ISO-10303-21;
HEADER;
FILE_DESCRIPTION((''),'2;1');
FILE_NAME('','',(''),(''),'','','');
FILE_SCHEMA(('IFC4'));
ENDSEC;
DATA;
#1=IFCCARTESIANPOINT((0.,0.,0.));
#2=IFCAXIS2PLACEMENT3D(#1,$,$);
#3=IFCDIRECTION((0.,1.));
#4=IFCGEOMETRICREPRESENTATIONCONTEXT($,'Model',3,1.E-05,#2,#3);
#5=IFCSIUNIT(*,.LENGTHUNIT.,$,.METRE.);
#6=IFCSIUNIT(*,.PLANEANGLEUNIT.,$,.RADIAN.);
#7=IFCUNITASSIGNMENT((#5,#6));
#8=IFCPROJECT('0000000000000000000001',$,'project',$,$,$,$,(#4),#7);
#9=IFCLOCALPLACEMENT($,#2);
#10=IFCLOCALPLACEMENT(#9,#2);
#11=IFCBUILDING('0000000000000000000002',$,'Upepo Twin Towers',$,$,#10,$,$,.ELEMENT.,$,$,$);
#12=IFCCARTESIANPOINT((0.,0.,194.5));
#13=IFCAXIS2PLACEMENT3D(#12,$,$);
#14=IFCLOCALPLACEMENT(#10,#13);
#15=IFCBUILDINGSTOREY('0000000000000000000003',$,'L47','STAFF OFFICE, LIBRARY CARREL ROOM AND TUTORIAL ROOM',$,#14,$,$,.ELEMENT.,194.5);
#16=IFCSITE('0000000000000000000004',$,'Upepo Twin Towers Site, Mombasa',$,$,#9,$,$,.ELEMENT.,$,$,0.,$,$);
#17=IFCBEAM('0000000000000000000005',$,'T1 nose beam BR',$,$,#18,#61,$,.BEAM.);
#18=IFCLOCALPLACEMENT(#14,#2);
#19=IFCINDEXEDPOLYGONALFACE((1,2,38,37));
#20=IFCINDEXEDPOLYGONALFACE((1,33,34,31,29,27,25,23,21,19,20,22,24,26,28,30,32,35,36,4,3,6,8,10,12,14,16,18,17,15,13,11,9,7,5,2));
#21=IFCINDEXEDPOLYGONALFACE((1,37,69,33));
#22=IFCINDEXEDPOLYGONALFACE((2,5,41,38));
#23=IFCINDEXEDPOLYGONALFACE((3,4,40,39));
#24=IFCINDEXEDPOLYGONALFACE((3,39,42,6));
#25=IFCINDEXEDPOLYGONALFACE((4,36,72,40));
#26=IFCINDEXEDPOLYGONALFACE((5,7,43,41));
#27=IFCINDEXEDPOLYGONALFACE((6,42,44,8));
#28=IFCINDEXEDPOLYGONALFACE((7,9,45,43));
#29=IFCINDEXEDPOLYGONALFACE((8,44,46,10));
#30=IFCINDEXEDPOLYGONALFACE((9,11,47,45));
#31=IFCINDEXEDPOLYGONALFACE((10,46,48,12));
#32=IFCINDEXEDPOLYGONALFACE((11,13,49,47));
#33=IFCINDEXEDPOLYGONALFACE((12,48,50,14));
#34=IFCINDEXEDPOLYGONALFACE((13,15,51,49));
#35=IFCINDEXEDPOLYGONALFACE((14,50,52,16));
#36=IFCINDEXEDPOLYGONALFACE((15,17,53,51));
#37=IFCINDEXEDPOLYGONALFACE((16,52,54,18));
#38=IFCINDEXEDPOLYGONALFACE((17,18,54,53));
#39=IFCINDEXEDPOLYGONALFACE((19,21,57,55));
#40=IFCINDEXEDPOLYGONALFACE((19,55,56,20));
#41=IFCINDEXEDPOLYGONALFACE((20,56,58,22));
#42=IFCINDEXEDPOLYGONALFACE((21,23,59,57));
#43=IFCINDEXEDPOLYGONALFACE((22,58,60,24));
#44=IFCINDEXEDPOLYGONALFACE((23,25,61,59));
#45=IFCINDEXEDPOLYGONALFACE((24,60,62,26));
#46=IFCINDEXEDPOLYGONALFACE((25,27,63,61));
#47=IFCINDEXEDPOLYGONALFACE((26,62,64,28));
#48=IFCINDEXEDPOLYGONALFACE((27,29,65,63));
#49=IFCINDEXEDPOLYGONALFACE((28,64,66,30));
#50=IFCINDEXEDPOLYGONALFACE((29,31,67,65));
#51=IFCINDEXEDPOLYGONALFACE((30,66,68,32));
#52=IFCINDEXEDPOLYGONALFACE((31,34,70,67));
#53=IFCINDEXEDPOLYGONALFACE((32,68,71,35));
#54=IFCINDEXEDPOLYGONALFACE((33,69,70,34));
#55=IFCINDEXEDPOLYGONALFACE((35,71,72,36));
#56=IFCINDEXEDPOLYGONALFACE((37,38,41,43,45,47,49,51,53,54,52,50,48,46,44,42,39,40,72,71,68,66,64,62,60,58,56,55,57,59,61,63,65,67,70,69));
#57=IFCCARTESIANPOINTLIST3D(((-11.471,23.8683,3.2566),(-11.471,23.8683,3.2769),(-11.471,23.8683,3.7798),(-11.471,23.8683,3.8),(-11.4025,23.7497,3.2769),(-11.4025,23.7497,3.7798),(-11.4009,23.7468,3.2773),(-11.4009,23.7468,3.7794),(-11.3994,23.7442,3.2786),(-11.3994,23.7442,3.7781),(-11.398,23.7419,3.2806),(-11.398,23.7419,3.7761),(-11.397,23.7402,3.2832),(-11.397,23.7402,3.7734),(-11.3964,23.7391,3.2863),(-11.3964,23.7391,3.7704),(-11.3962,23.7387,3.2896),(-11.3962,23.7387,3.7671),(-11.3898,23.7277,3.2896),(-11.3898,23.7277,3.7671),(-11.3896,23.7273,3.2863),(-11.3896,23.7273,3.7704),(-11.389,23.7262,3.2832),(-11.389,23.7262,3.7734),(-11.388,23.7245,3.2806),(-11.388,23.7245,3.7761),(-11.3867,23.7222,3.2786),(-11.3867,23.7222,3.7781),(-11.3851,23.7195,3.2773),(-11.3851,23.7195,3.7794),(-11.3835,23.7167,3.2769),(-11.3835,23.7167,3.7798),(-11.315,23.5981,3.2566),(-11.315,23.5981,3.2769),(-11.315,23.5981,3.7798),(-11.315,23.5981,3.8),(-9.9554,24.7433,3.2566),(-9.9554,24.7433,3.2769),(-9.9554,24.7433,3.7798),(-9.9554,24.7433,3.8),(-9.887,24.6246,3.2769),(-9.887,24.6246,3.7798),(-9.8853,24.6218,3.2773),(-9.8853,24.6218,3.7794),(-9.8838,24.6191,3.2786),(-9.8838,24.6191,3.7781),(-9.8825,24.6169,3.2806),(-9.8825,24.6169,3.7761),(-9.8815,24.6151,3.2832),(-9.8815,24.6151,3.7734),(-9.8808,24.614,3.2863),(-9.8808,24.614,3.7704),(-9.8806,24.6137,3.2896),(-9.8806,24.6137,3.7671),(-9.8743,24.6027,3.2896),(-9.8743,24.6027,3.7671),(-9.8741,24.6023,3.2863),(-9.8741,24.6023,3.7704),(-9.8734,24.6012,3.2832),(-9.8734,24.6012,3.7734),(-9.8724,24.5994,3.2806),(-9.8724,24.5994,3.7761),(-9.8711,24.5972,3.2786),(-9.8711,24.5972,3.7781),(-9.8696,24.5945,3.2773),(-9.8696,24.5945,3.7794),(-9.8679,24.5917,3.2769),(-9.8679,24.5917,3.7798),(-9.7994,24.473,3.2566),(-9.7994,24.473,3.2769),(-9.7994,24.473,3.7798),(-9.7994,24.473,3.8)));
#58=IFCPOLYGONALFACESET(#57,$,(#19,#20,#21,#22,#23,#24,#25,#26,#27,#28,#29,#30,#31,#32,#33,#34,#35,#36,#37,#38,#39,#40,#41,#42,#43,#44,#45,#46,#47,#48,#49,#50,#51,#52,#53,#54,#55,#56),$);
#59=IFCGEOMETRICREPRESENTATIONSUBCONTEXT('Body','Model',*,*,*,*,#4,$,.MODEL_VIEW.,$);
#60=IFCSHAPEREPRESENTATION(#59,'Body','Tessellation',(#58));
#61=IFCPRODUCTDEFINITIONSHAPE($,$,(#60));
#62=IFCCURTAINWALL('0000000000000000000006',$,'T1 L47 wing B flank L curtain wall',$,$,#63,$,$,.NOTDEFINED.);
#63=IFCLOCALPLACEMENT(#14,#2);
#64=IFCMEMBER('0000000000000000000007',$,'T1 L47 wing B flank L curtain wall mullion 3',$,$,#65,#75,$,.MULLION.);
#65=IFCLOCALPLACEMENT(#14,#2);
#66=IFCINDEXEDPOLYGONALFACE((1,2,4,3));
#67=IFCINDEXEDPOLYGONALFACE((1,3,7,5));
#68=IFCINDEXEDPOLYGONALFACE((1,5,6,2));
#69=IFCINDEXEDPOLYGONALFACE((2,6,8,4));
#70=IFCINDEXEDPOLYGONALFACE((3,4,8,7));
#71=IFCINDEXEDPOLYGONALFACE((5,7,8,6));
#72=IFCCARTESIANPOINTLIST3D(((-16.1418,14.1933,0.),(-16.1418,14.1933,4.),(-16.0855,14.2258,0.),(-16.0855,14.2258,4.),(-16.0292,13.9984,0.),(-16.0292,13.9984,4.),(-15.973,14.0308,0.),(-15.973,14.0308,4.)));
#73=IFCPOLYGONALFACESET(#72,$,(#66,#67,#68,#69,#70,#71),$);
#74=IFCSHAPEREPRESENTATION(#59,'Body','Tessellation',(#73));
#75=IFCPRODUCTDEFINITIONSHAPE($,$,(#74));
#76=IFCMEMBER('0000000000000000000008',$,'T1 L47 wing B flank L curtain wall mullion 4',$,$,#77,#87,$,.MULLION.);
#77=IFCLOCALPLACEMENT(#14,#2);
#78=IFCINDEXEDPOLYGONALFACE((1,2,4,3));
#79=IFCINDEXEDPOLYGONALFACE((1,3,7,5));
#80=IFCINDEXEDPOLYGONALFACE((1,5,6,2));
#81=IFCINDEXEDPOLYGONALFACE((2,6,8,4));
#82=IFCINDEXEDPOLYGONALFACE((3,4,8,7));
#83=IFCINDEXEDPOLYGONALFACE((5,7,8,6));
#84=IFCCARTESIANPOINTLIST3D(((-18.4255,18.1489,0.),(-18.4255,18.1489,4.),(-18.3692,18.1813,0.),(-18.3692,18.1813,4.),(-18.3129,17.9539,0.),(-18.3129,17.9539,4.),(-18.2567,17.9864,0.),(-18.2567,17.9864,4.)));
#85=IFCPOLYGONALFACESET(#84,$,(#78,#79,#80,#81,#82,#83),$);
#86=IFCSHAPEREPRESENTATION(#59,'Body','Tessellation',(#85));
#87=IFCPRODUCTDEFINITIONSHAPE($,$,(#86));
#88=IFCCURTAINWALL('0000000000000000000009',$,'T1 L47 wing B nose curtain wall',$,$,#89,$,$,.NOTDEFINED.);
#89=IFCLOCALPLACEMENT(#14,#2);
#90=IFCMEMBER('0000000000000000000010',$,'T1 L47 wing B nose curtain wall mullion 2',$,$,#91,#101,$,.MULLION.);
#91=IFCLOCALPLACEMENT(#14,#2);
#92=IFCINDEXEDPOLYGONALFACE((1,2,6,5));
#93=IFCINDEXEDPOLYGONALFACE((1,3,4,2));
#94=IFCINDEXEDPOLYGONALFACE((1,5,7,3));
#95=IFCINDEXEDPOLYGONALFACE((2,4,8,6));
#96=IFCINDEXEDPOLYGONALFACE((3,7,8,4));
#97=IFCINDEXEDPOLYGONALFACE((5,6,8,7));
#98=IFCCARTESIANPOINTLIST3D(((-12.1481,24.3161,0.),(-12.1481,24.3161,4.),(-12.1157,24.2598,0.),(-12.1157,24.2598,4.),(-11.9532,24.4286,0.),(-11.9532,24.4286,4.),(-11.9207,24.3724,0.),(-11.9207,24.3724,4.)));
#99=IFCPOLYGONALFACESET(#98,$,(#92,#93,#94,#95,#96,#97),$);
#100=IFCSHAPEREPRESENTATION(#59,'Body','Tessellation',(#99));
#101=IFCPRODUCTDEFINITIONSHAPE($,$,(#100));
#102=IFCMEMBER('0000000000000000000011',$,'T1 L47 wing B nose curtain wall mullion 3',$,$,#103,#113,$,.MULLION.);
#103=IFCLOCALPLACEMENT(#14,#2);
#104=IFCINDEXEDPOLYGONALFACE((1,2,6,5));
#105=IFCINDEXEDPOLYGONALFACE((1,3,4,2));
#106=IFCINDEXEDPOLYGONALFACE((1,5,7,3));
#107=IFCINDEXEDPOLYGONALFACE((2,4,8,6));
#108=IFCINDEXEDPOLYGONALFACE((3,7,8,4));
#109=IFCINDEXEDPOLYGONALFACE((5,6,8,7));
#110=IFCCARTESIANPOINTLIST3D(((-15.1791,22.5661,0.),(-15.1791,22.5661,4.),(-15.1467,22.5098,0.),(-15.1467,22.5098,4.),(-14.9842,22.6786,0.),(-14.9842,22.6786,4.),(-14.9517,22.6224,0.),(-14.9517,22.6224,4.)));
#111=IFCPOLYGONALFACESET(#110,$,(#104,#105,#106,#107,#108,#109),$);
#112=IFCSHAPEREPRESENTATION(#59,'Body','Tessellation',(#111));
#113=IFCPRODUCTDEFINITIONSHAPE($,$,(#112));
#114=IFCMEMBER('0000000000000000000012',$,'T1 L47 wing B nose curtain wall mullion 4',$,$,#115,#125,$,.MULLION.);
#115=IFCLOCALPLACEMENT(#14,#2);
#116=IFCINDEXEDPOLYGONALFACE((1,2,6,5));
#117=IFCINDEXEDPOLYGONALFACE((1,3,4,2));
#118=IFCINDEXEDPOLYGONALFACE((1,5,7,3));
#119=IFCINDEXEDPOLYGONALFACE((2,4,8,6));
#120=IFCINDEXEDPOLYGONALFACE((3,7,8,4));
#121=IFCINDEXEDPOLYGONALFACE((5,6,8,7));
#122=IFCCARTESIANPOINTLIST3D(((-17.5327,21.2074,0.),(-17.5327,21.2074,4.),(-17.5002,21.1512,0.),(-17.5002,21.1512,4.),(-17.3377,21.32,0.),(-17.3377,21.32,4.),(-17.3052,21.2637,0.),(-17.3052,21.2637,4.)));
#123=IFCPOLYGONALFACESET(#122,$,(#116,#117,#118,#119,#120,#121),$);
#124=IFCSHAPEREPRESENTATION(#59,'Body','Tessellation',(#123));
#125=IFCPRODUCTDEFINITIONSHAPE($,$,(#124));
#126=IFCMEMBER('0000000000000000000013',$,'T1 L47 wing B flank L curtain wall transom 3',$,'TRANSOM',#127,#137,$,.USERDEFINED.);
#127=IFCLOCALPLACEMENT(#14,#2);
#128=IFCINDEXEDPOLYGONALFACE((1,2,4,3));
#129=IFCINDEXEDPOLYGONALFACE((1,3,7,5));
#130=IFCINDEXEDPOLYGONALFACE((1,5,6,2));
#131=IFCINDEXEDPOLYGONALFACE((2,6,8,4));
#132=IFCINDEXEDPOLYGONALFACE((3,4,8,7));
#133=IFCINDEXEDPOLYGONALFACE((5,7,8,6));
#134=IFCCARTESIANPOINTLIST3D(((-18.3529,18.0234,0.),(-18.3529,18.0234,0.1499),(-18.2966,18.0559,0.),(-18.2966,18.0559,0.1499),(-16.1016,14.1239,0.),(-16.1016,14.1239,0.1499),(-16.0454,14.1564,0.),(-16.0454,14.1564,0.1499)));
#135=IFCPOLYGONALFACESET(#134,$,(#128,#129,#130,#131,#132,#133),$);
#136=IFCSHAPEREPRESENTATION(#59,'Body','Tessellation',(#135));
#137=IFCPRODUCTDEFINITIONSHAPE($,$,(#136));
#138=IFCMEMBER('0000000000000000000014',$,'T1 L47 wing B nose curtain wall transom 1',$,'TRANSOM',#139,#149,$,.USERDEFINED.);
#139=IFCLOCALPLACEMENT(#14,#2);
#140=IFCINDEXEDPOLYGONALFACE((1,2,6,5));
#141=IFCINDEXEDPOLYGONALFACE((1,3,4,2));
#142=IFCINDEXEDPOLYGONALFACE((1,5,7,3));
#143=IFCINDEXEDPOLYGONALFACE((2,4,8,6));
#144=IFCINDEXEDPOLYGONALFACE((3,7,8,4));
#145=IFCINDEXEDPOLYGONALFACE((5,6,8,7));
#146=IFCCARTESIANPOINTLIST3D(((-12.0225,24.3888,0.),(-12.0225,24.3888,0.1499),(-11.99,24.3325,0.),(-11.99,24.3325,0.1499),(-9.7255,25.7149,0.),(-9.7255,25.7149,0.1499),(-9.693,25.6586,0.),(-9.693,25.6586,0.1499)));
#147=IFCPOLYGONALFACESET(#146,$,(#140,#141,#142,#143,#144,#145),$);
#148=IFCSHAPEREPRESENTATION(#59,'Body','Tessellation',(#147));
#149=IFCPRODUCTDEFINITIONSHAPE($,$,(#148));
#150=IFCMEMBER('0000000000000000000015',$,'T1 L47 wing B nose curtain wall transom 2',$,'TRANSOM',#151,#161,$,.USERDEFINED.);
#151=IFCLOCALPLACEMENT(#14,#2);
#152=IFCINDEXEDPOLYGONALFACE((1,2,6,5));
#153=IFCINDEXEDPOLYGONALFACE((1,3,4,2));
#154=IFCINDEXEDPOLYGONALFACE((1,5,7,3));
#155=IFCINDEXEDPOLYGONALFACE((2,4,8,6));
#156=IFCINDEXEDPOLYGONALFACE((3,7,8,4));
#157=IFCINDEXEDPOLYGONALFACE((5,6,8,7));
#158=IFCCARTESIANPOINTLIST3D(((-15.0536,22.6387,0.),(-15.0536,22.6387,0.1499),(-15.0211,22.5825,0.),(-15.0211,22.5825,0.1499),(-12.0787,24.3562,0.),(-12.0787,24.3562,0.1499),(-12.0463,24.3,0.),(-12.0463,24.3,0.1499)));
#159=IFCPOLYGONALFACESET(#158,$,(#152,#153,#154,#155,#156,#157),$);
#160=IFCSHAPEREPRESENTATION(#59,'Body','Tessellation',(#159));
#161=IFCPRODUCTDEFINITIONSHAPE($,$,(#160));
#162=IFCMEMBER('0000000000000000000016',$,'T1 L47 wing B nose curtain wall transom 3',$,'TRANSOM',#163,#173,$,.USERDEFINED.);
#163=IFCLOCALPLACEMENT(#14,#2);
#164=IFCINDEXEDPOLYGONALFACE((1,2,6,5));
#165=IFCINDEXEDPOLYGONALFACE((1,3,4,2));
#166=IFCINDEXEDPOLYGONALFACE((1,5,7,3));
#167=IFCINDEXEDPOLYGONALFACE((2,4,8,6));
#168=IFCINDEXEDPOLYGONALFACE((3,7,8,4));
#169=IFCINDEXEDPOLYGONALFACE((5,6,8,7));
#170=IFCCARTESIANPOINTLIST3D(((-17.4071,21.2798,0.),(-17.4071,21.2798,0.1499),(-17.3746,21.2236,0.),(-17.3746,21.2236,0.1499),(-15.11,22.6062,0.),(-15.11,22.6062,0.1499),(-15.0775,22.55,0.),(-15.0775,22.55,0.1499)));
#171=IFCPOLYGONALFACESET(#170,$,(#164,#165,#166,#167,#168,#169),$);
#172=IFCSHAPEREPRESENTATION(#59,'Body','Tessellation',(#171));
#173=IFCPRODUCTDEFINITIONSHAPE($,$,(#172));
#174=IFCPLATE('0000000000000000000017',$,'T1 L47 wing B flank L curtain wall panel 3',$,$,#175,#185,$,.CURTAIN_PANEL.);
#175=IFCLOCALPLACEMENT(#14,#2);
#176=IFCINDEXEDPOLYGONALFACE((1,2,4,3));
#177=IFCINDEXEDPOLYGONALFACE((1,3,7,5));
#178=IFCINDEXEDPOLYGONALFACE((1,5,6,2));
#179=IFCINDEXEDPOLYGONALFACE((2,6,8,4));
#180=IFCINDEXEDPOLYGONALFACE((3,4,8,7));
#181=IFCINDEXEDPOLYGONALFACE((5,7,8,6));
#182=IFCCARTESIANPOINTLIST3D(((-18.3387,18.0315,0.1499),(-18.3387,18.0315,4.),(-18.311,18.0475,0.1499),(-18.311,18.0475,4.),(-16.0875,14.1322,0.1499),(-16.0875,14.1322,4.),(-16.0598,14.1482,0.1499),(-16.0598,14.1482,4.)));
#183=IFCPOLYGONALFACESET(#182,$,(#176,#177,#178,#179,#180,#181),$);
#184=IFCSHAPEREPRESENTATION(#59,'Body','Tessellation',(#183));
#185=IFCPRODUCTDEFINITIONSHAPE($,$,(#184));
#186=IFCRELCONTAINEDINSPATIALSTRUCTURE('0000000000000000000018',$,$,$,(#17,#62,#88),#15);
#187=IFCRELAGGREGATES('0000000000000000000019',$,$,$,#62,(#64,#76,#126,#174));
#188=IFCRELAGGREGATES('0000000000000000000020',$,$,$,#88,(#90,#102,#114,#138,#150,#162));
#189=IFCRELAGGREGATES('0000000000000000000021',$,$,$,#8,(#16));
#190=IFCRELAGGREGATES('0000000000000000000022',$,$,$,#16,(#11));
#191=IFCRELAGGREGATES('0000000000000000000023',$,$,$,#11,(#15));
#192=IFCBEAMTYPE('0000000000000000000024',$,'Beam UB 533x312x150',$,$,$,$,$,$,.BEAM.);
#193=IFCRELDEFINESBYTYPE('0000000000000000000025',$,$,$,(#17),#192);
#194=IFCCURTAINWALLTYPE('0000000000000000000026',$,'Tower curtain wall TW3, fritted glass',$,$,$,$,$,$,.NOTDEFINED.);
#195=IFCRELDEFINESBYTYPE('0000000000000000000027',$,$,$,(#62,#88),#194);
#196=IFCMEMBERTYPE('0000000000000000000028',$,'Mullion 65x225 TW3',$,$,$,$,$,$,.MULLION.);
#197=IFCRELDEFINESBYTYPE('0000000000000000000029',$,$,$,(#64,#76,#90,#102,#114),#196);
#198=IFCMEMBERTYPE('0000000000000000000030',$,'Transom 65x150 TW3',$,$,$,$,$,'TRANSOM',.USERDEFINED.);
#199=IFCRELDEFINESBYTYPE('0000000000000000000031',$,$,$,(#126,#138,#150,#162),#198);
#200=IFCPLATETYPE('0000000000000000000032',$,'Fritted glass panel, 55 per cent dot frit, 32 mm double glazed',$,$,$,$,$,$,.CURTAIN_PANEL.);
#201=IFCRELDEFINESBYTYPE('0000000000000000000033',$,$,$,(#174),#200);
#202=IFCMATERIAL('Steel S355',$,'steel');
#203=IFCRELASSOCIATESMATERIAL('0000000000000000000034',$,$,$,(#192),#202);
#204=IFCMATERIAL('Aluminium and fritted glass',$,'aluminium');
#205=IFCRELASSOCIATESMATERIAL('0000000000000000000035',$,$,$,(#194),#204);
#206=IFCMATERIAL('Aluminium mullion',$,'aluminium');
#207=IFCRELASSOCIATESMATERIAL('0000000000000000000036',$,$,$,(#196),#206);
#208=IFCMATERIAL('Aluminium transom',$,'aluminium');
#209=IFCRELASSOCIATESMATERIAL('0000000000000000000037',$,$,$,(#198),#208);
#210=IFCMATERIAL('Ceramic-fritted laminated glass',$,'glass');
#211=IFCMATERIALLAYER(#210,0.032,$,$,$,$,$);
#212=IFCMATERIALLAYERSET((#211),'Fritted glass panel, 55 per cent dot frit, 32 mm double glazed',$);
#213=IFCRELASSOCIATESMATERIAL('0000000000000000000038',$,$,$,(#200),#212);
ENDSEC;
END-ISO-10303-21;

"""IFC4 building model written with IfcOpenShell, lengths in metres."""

from ifc_helpers import new_model, si_unit, direction, frame, origin, origin_2d, place, context, subcontext, project, spatial, rectangle, i_section, extrude, material, layer, layer_set, material_profile, profile_set, type_object, element, aggregate, save


model = new_model("IFC4")

# Units and contexts
model_context = context("Model", 3, precision=1e-05, world=origin(), true_north=direction((0.0, 1.0)))
body_context = subcontext(model_context, "Body", "Model", "MODEL_VIEW")
ifc_project = project(units=[si_unit("LENGTHUNIT", "METRE"), si_unit("PLANEANGLEUNIT", "RADIAN")], contexts=[model_context])

# Site, building, storey
site_placement = place(None, origin())
site = spatial("IfcSite", under=ifc_project, at=site_placement, Name="Upepo Twin Towers Site, Mombasa", CompositionType="ELEMENT", RefElevation=0.0)
building_placement = place(site_placement, origin())
building = spatial("IfcBuilding", under=site, at=building_placement, Name="Upepo Twin Towers", CompositionType="ELEMENT")
storey_placement = place(building_placement, frame((0.0, 0.0, 194.5)))
storey = spatial("IfcBuildingStorey", under=building, at=storey_placement, Name="L47", Description="STAFF OFFICE, LIBRARY CARREL ROOM AND TUTORIAL ROOM", CompositionType="ELEMENT", Elevation=194.5)

# Beam
ifc_material_1 = material(Name="Steel S355", Category="steel")
ifc_material_profile_1 = material_profile(ifc_material_1, i_section(OverallWidth=0.312, OverallDepth=0.5435, WebThickness=0.0127, FlangeThickness=0.0203, FilletRadius=0.0127, at=origin_2d()), Name="UB 533x312x150")
ifc_profile_set_1 = profile_set([ifc_material_profile_1], Name="Steel S355")
beam_type_1 = type_object("IfcBeamType", Name="Beam UB 533x312x150", PredefinedType="BEAM", material=ifc_profile_set_1)
for number, where, z_axis, x_axis, name in (
    (1, (-9.8774, 24.6082, 3.5283), (-0.866037, -0.49998, 0.0), (0.49998, -0.866037, 0.0), "T1 nose beam BR"),
):
    element("IfcBeam", number, at=place(storey_placement, frame(where, z_axis=z_axis, x_axis=x_axis)), inside=storey, type_object=beam_type_1, Name=name, PredefinedType="BEAM", context=body_context, shape_type="SweptSolid", body=[
        extrude(i_section(OverallWidth=0.312, OverallDepth=0.5435, WebThickness=0.0127, FlangeThickness=0.0203, FilletRadius=0.0127, at=origin_2d()), origin(), (0.0, 0.0, 1.0), 1.75),
    ])

# Curtain walls, members
ifc_material_2 = material(Name="Aluminium and fritted glass", Category="aluminium")
curtain_wall_type = type_object("IfcCurtainWallType", Name="Tower curtain wall TW3, fritted glass", PredefinedType="NOTDEFINED", material=ifc_material_2)
curtain_wall_1_placement = place(storey_placement, origin())
curtain_wall_1 = element("IfcCurtainWall", 2, at=curtain_wall_1_placement, inside=storey, type_object=curtain_wall_type, Name="T1 L47 wing B flank L curtain wall", PredefinedType="NOTDEFINED")
ifc_material_3 = material(Name="Aluminium mullion", Category="aluminium")
ifc_material_profile_2 = material_profile(ifc_material_3, rectangle(XDim=0.0649, YDim=0.2251, at=origin_2d()), Name="MULLION 65x225")
ifc_profile_set_2 = profile_set([ifc_material_profile_2], Name="Aluminium mullion")
member_type_1 = type_object("IfcMemberType", Name="Mullion 65x225 TW3", PredefinedType="MULLION", material=ifc_profile_set_2)
member_1_placement = place(storey_placement, frame((-16.0574, 14.1121, 0.0), z_axis=(0.0, 0.0, 1.0), x_axis=(-0.866025, -0.5, 0.0)))
member_1 = element("IfcMember", 3, at=member_1_placement, type_object=member_type_1, Name="T1 L47 wing B flank L curtain wall mullion 3", PredefinedType="MULLION", context=body_context, shape_type="SweptSolid", body=[
    extrude(rectangle(XDim=0.0649, YDim=0.2251, at=origin_2d()), origin(), (0.0, 0.0, 1.0), 4.0),
])
member_2_placement = place(storey_placement, frame((-18.3411, 18.0676, 0.0), z_axis=(0.0, 0.0, 1.0), x_axis=(-0.866025, -0.5, 0.0)))
member_2 = element("IfcMember", 4, at=member_2_placement, type_object=member_type_1, Name="T1 L47 wing B flank L curtain wall mullion 4", PredefinedType="MULLION", context=body_context, shape_type="SweptSolid", body=[
    extrude(rectangle(XDim=0.0649, YDim=0.2251, at=origin_2d()), origin(), (0.0, 0.0, 1.0), 4.0),
])
curtain_wall_2_placement = place(storey_placement, origin())
curtain_wall_2 = element("IfcCurtainWall", 5, at=curtain_wall_2_placement, inside=storey, type_object=curtain_wall_type, Name="T1 L47 wing B nose curtain wall", PredefinedType="NOTDEFINED")
member_3_placement = place(storey_placement, frame((-12.0344, 24.3442, 0.0), z_axis=(0.0, 0.0, 1.0), x_axis=(0.5, -0.866025, 0.0)))
member_3 = element("IfcMember", 6, at=member_3_placement, type_object=member_type_1, Name="T1 L47 wing B nose curtain wall mullion 2", PredefinedType="MULLION", context=body_context, shape_type="SweptSolid", body=[
    extrude(rectangle(XDim=0.0649, YDim=0.2251, at=origin_2d()), origin(), (0.0, 0.0, 1.0), 4.0),
])
member_4_placement = place(storey_placement, frame((-15.0654, 22.5942, 0.0), z_axis=(0.0, 0.0, 1.0), x_axis=(0.5, -0.866025, 0.0)))
member_4 = element("IfcMember", 7, at=member_4_placement, type_object=member_type_1, Name="T1 L47 wing B nose curtain wall mullion 3", PredefinedType="MULLION", context=body_context, shape_type="SweptSolid", body=[
    extrude(rectangle(XDim=0.0649, YDim=0.2251, at=origin_2d()), origin(), (0.0, 0.0, 1.0), 4.0),
])
member_5_placement = place(storey_placement, frame((-17.4189, 21.2356, 0.0), z_axis=(0.0, 0.0, 1.0), x_axis=(0.5, -0.866025, 0.0)))
member_5 = element("IfcMember", 8, at=member_5_placement, type_object=member_type_1, Name="T1 L47 wing B nose curtain wall mullion 4", PredefinedType="MULLION", context=body_context, shape_type="SweptSolid", body=[
    extrude(rectangle(XDim=0.0649, YDim=0.2251, at=origin_2d()), origin(), (0.0, 0.0, 1.0), 4.0),
])

# Members
ifc_material_4 = material(Name="Aluminium transom", Category="aluminium")
ifc_material_profile_3 = material_profile(ifc_material_4, rectangle(XDim=0.0649, YDim=0.1499, at=origin_2d()), Name="TRANSOM 65x150")
ifc_profile_set_3 = profile_set([ifc_material_profile_3], Name="Aluminium transom")
member_type_2 = type_object("IfcMemberType", Name="Transom 65x150 TW3", ElementType="TRANSOM", PredefinedType="USERDEFINED", material=ifc_profile_set_3)
member_6_placement = place(storey_placement, frame((-16.0735, 14.1401, 0.075), z_axis=(-0.499982, 0.866036, 0.0), x_axis=(-0.866036, -0.499982, 0.0)))
member_6 = element("IfcMember", 9, at=member_6_placement, type_object=member_type_2, Name="T1 L47 wing B flank L curtain wall transom 3", ObjectType="TRANSOM", PredefinedType="USERDEFINED", context=body_context, shape_type="SweptSolid", body=[
    extrude(rectangle(XDim=0.0649, YDim=0.1499, at=origin_2d()), origin(), (0.0, 0.0, 1.0), 4.5027),
])
member_7_placement = place(storey_placement, frame((-9.7092, 25.6868, 0.075), z_axis=(-0.866037, -0.49998, 0.0), x_axis=(0.49998, -0.866037, 0.0)))
member_7 = element("IfcMember", 10, at=member_7_placement, type_object=member_type_2, Name="T1 L47 wing B nose curtain wall transom 1", ObjectType="TRANSOM", PredefinedType="USERDEFINED", context=body_context, shape_type="SweptSolid", body=[
    extrude(rectangle(XDim=0.0649, YDim=0.1499, at=origin_2d()), origin(), (0.0, 0.0, 1.0), 2.6523),
])
member_8_placement = place(storey_placement, frame((-12.0625, 24.3281, 0.075), z_axis=(-0.866026, -0.499999, 0.0), x_axis=(0.499999, -0.866026, 0.0)))
member_8 = element("IfcMember", 11, at=member_8_placement, type_object=member_type_2, Name="T1 L47 wing B nose curtain wall transom 2", ObjectType="TRANSOM", PredefinedType="USERDEFINED", context=body_context, shape_type="SweptSolid", body=[
    extrude(rectangle(XDim=0.0649, YDim=0.1499, at=origin_2d()), origin(), (0.0, 0.0, 1.0), 3.4351),
])
member_9_placement = place(storey_placement, frame((-15.0938, 22.5781, 0.075), z_axis=(-0.865997, -0.500049, 0.0), x_axis=(0.500049, -0.865997, 0.0)))
member_9 = element("IfcMember", 12, at=member_9_placement, type_object=member_type_2, Name="T1 L47 wing B nose curtain wall transom 3", ObjectType="TRANSOM", PredefinedType="USERDEFINED", context=body_context, shape_type="SweptSolid", body=[
    extrude(rectangle(XDim=0.0649, YDim=0.1499, at=origin_2d()), origin(), (0.0, 0.0, 1.0), 2.6526),
])

# Plate
ifc_material_5 = material(Name="Ceramic-fritted laminated glass", Category="glass")
ifc_layer_1 = layer(ifc_material_5, 0.032)
ifc_layer_set_1 = layer_set([ifc_layer_1], Name="Fritted glass panel, 55 per cent dot frit, 32 mm double glazed")
plate_type_1 = type_object("IfcPlateType", Name="Fritted glass panel, 55 per cent dot frit, 32 mm double glazed", PredefinedType="CURTAIN_PANEL", material=ifc_layer_set_1)
plate_1_placement = place(storey_placement, frame((-17.1992, 16.0898, 0.1499), z_axis=(0.0, 0.0, 1.0), x_axis=(-0.5, 0.866025, 0.0)))
plate_1 = element("IfcPlate", 13, at=plate_1_placement, type_object=plate_type_1, Name="T1 L47 wing B flank L curtain wall panel 3", PredefinedType="CURTAIN_PANEL", context=body_context, shape_type="SweptSolid", body=[
    extrude(rectangle(XDim=4.5024, YDim=0.032, at=origin_2d()), origin(), (0.0, 0.0, 1.0), 3.8501),
])
aggregate(curtain_wall_1, [member_1, member_2, member_6, plate_1])
aggregate(curtain_wall_2, [member_3, member_4, member_5, member_7, member_8, member_9])

save(model, "model.ifc")
